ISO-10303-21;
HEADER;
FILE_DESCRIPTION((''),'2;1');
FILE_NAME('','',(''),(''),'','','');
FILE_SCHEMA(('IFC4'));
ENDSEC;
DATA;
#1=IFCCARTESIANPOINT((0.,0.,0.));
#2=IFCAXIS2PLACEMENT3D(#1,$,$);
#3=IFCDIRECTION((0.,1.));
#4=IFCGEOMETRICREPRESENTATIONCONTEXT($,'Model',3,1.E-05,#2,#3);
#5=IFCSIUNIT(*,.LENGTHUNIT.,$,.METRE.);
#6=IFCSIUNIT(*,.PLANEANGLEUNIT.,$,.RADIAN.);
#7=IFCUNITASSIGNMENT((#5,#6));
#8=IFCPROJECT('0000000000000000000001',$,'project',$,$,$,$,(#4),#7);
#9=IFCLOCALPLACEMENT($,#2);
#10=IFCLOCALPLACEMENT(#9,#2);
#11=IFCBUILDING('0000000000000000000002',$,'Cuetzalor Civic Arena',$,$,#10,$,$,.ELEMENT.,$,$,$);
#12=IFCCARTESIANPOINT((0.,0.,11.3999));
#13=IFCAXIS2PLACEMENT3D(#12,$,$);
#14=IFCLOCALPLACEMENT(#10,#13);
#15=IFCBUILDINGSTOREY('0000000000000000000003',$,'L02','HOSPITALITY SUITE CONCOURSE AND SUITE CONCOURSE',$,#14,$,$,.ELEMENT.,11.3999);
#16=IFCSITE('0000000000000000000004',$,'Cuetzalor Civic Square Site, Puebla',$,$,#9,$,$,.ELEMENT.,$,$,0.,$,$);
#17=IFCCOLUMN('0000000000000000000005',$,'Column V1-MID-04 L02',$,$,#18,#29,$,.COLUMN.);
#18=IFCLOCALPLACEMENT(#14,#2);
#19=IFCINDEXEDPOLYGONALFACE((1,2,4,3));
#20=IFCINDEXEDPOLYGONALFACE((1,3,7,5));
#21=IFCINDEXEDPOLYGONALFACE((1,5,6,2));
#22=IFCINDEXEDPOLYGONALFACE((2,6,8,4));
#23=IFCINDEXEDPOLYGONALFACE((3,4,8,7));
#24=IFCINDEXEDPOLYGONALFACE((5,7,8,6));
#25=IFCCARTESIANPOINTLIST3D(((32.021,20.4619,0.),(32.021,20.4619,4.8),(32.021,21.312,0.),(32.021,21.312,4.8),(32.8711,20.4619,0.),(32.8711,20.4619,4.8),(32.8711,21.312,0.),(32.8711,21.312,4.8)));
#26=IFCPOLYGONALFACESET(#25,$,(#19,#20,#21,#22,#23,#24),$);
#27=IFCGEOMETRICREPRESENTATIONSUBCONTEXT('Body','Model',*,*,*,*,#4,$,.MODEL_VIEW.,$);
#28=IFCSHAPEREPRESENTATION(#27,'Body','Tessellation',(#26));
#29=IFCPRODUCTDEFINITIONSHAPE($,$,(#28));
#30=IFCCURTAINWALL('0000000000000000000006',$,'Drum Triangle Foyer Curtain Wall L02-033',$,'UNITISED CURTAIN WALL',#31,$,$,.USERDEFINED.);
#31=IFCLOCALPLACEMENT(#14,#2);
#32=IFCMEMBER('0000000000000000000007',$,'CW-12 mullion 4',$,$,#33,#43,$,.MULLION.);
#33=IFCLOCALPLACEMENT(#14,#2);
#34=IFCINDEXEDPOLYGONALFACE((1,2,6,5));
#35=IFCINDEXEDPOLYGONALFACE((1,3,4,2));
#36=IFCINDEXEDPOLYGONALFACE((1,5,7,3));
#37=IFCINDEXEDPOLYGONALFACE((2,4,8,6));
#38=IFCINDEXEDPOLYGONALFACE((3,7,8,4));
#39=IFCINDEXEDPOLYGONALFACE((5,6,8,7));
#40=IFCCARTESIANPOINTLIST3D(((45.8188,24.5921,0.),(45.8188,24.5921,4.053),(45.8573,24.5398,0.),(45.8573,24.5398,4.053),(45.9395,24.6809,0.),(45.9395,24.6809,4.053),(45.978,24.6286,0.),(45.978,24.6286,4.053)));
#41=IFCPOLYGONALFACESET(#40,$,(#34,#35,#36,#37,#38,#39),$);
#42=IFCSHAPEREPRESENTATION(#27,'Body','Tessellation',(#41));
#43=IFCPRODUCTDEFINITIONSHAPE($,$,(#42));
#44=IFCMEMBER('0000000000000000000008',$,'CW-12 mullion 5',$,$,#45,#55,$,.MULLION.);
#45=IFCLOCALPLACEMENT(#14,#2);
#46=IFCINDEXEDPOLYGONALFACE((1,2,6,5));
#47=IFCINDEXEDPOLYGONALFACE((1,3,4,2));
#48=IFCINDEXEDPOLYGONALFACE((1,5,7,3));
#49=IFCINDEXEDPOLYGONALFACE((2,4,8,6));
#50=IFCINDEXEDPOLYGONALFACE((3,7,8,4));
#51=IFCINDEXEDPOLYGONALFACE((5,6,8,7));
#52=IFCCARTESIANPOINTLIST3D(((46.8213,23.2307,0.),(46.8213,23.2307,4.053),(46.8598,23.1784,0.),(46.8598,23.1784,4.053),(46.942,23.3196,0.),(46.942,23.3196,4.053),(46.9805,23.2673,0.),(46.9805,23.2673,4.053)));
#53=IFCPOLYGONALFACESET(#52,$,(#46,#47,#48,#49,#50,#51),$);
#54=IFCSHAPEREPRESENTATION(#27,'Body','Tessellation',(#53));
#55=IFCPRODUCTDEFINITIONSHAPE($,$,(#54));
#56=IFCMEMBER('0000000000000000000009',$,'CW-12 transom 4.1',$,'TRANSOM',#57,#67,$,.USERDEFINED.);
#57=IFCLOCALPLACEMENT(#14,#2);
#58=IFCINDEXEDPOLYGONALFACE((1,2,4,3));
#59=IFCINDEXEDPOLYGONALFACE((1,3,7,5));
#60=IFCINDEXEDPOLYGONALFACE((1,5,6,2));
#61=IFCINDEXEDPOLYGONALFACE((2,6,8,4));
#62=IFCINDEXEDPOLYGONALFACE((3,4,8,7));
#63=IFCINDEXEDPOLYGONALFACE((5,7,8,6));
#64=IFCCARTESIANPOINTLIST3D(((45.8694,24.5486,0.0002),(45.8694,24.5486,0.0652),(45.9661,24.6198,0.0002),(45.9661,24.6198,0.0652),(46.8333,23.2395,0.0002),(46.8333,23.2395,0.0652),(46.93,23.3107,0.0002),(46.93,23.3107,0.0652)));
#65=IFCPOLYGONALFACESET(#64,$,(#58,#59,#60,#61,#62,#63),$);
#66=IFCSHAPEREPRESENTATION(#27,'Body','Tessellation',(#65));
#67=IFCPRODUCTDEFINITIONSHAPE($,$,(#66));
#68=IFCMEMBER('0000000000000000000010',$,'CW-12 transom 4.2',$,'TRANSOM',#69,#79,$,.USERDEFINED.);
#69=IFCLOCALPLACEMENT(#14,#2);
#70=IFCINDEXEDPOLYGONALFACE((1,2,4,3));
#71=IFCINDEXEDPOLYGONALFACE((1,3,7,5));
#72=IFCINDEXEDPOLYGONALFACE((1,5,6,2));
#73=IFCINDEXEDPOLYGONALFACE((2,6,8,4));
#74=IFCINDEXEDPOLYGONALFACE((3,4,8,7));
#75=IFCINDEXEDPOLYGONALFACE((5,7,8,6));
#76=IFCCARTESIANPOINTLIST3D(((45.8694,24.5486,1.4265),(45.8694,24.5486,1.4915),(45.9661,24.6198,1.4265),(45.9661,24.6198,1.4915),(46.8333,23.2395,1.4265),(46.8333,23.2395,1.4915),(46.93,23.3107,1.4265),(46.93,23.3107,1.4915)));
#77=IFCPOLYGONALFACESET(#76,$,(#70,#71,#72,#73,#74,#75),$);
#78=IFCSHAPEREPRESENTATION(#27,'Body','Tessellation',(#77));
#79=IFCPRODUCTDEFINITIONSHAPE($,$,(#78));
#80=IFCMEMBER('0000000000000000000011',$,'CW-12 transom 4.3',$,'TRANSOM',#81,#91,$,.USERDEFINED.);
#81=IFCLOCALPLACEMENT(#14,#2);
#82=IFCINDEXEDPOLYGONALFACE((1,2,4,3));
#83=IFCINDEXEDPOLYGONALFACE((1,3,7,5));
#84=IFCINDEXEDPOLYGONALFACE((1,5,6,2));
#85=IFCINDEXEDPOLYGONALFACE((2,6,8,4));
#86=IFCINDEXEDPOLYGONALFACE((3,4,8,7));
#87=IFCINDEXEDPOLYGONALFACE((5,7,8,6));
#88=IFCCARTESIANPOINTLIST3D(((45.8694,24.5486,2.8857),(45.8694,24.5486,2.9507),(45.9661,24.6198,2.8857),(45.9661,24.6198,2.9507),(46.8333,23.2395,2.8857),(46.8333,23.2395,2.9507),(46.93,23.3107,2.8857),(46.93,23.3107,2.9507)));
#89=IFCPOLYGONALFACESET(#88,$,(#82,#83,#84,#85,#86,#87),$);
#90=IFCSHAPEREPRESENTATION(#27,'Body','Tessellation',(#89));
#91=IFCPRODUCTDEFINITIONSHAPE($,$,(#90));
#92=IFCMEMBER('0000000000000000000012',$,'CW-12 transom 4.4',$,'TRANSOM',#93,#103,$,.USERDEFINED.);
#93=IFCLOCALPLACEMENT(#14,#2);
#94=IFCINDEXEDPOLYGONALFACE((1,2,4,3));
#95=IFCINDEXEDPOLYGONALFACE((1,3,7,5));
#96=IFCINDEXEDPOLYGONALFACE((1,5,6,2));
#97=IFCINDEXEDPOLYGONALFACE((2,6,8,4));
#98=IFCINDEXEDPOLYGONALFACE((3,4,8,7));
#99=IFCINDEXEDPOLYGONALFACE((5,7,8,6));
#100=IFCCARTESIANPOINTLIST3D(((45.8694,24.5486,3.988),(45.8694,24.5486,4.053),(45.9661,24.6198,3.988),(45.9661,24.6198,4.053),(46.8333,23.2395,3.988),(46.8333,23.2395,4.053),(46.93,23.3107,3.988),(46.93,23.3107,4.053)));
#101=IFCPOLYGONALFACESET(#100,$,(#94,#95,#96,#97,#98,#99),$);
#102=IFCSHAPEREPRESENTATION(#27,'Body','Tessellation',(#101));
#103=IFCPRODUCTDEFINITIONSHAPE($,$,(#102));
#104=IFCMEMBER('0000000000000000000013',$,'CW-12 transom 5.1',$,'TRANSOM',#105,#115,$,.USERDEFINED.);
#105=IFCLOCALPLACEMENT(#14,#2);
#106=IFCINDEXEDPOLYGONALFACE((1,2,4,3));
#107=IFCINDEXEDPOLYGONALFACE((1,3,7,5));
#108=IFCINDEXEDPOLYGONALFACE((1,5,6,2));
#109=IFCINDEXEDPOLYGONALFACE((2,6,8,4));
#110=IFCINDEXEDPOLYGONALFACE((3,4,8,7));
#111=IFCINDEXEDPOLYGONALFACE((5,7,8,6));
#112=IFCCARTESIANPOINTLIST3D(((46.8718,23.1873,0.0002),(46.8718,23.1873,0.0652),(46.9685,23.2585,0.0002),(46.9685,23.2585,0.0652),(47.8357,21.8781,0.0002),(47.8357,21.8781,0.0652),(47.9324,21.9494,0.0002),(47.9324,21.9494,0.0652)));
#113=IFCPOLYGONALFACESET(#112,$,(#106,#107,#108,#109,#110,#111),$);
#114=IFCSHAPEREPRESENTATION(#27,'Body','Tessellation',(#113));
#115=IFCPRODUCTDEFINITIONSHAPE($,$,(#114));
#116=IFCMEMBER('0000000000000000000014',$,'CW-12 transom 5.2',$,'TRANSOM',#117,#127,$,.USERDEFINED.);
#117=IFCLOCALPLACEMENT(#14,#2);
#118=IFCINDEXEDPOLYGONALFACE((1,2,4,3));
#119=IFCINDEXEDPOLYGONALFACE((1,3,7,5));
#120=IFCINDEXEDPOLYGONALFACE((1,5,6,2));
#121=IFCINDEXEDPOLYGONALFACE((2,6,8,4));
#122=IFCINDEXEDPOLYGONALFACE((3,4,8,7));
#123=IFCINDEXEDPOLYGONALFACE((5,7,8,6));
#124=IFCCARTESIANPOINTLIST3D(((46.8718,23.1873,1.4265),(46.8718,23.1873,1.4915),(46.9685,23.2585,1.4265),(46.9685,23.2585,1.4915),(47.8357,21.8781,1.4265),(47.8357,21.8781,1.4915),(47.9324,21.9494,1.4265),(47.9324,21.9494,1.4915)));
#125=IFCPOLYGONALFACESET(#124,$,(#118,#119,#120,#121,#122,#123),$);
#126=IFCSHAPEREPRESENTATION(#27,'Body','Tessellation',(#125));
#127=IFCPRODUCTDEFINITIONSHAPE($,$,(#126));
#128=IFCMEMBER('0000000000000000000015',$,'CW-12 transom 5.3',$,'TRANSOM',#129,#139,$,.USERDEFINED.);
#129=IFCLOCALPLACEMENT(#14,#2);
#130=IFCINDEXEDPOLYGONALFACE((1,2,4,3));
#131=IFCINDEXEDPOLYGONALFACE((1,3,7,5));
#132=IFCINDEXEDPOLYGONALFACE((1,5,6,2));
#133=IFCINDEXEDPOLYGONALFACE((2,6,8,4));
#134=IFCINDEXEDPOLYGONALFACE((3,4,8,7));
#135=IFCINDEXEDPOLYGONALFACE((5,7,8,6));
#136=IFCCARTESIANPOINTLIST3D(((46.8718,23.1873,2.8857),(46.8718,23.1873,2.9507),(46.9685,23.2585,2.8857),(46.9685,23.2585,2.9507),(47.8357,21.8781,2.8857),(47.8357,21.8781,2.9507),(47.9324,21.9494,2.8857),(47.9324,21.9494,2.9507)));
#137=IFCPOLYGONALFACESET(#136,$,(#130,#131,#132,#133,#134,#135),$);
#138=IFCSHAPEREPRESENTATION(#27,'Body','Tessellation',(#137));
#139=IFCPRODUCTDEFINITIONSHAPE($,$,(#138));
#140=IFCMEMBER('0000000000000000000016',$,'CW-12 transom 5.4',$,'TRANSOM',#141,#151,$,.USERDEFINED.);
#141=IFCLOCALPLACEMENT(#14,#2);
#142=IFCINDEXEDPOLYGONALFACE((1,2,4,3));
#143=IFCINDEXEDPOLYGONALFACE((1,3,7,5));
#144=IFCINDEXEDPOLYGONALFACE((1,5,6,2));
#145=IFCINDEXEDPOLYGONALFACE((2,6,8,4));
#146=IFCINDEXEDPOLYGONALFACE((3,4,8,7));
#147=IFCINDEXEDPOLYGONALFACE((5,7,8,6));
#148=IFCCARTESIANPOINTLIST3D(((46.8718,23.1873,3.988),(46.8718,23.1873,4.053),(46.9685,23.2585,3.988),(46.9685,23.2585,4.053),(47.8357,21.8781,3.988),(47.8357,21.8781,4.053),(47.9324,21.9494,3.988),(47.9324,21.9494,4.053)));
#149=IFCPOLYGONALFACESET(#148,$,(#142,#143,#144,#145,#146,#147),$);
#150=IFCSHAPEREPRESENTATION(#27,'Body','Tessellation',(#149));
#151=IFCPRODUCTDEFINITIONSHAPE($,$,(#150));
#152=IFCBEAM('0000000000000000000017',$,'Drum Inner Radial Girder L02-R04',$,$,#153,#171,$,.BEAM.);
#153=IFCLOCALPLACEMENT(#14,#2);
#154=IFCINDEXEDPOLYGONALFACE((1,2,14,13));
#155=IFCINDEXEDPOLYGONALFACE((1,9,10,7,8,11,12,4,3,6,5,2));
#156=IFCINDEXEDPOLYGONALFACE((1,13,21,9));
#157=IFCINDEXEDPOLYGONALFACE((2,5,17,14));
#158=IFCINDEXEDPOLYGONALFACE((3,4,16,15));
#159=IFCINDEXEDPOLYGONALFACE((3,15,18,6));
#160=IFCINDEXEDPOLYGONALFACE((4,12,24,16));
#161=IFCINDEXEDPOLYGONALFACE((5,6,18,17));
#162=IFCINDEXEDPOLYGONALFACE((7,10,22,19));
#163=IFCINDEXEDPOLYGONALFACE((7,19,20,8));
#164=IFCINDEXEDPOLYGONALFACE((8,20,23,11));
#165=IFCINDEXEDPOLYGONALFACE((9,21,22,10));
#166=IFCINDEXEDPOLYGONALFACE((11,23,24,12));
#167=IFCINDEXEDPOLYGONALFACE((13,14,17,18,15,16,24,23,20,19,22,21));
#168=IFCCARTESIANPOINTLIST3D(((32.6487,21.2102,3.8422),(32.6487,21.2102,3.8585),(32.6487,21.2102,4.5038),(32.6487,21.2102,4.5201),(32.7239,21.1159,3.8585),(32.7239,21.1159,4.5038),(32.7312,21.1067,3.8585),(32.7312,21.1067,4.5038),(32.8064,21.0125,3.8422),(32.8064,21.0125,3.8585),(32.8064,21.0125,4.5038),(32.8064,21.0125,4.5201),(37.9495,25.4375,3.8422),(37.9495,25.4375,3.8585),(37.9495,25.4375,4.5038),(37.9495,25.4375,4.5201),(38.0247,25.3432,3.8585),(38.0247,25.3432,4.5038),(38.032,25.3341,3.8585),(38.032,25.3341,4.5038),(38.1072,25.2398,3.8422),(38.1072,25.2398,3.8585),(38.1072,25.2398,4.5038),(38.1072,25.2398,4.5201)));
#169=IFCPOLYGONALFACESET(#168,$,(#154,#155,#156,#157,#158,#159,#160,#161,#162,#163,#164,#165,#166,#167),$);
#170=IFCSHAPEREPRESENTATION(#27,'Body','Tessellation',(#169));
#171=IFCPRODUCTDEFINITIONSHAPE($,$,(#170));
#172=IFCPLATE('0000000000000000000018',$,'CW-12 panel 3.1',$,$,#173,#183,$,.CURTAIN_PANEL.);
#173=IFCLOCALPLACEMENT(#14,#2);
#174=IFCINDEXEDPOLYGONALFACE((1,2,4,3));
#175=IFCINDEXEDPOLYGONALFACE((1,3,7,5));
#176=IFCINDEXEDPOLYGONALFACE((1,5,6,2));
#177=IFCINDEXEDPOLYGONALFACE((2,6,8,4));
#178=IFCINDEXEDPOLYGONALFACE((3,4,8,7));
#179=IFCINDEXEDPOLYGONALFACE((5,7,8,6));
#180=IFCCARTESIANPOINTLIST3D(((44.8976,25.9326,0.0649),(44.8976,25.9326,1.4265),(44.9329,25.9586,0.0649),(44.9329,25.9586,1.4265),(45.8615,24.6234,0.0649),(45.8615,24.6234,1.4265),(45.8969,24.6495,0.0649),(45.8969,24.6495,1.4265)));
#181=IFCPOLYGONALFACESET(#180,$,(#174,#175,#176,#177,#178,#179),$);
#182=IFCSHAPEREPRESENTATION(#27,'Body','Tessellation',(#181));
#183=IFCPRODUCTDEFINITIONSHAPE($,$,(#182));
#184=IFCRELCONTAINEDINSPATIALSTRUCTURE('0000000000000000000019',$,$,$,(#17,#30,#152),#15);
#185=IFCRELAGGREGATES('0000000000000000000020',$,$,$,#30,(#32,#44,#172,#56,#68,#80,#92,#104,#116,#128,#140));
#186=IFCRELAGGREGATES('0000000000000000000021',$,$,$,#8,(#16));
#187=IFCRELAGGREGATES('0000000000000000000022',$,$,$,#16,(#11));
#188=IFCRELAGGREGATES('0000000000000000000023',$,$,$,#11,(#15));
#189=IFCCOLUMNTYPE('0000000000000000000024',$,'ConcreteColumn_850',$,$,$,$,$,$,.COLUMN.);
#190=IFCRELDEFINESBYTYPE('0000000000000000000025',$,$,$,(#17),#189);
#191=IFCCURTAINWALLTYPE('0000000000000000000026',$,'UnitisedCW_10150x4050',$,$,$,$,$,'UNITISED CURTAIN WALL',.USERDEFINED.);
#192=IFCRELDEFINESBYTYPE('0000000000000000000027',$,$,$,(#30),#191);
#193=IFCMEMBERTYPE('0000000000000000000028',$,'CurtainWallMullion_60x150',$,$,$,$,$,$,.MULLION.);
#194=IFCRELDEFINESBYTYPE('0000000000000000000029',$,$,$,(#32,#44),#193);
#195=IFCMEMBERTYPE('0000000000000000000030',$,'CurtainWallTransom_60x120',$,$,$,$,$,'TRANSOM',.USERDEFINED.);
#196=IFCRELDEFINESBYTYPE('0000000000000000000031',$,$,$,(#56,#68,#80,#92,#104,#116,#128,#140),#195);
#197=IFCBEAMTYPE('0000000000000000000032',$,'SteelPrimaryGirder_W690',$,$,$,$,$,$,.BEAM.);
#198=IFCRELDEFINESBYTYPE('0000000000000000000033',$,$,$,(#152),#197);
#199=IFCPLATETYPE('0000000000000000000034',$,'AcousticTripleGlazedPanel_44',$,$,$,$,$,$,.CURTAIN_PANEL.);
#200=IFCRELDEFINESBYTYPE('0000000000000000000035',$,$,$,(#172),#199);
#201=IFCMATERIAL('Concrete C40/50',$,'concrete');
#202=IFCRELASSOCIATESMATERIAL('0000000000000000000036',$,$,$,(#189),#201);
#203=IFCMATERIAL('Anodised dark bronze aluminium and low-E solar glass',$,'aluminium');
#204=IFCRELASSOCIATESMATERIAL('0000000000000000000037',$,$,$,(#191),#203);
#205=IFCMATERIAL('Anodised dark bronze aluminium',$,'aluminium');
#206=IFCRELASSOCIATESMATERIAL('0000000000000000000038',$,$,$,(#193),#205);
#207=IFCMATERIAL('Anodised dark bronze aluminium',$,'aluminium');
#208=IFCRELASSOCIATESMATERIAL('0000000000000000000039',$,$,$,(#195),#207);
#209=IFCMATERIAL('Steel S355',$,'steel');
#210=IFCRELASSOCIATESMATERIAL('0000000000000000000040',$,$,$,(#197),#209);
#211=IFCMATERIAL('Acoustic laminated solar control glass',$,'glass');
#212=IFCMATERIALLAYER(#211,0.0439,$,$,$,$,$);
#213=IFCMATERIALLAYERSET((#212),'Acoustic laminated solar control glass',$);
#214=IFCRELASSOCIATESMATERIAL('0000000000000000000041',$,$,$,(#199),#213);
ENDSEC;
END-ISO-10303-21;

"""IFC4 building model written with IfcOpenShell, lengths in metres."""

from ifc_helpers import new_model, si_unit, direction, frame, origin, origin_2d, place, context, subcontext, project, spatial, rectangle, i_section, extrude, material, layer, layer_set, material_profile, profile_set, type_object, element, aggregate, save


model = new_model("IFC4")

# Units and contexts
model_context = context("Model", 3, precision=1e-05, world=origin(), true_north=direction((0.0, 1.0)))
body_context = subcontext(model_context, "Body", "Model", "MODEL_VIEW")
ifc_project = project(units=[si_unit("LENGTHUNIT", "METRE"), si_unit("PLANEANGLEUNIT", "RADIAN")], contexts=[model_context])

# Site, building, storey
site_placement = place(None, origin())
site = spatial("IfcSite", under=ifc_project, at=site_placement, Name="Cuetzalor Civic Square Site, Puebla", CompositionType="ELEMENT", RefElevation=0.0)
building_placement = place(site_placement, origin())
building = spatial("IfcBuilding", under=site, at=building_placement, Name="Cuetzalor Civic Arena", CompositionType="ELEMENT")
storey_placement = place(building_placement, frame((0.0, 0.0, 11.3999)))
storey = spatial("IfcBuildingStorey", under=building, at=storey_placement, Name="L02", Description="HOSPITALITY SUITE CONCOURSE AND SUITE CONCOURSE", CompositionType="ELEMENT", Elevation=11.3999)

# Column
ifc_material_1 = material(Name="Concrete C40/50", Category="concrete")
ifc_material_profile_1 = material_profile(ifc_material_1, rectangle(XDim=0.8501, YDim=0.8501, at=origin_2d()), Name="RC 850x850")
ifc_profile_set_1 = profile_set([ifc_material_profile_1], Name="Concrete C40/50")
column_type = type_object("IfcColumnType", Name="ConcreteColumn_850", PredefinedType="COLUMN", material=ifc_profile_set_1)
column_placement = place(storey_placement, frame((32.446, 20.887, 0.0), z_axis=(0.0, 0.0, 1.0), x_axis=(1.0, 0.0, 0.0)))
element("IfcColumn", 1, at=column_placement, inside=storey, type_object=column_type, Name="Column V1-MID-04 L02", PredefinedType="COLUMN", context=body_context, shape_type="SweptSolid", body=[
    extrude(rectangle(XDim=0.8501, YDim=0.8501, at=origin_2d()), origin(), (0.0, 0.0, 1.0), 4.8),
])

# Curtain wall, members
ifc_material_2 = material(Name="Anodised dark bronze aluminium and low-E solar glass", Category="aluminium")
curtain_wall_type = type_object("IfcCurtainWallType", Name="UnitisedCW_10150x4050", ElementType="UNITISED CURTAIN WALL", PredefinedType="USERDEFINED", material=ifc_material_2)
curtain_wall_placement = place(storey_placement, origin())
curtain_wall = element("IfcCurtainWall", 2, at=curtain_wall_placement, inside=storey, type_object=curtain_wall_type, Name="Drum Triangle Foyer Curtain Wall L02-033", ObjectType="UNITISED CURTAIN WALL", PredefinedType="USERDEFINED")
ifc_material_3 = material(Name="Anodised dark bronze aluminium", Category="aluminium")
ifc_material_profile_2 = material_profile(ifc_material_3, rectangle(XDim=0.0649, YDim=0.1499, at=origin_2d()), Name="ALU MULLION 65x150")
ifc_profile_set_2 = profile_set([ifc_material_profile_2], Name="Anodised dark bronze aluminium")
member_type_1 = type_object("IfcMemberType", Name="CurtainWallMullion_60x150", PredefinedType="MULLION", material=ifc_profile_set_2)
member_1_placement = place(storey_placement, frame((45.8984, 24.6104, 0.0), z_axis=(0.0, 0.0, 1.0), x_axis=(0.592929, -0.805255, 0.0)))
member_1 = element("IfcMember", 3, at=member_1_placement, type_object=member_type_1, Name="CW-12 mullion 4", PredefinedType="MULLION", context=body_context, shape_type="SweptSolid", body=[
    extrude(rectangle(XDim=0.0649, YDim=0.1499, at=origin_2d()), origin(), (0.0, 0.0, 1.0), 4.053),
])
member_2_placement = place(storey_placement, frame((46.9009, 23.249, 0.0), z_axis=(0.0, 0.0, 1.0), x_axis=(0.592929, -0.805255, 0.0)))
member_2 = element("IfcMember", 4, at=member_2_placement, type_object=member_type_1, Name="CW-12 mullion 5", PredefinedType="MULLION", context=body_context, shape_type="SweptSolid", body=[
    extrude(rectangle(XDim=0.0649, YDim=0.1499, at=origin_2d()), origin(), (0.0, 0.0, 1.0), 4.053),
])
ifc_material_4 = material(Name="Anodised dark bronze aluminium", Category="aluminium")
ifc_material_profile_3 = material_profile(ifc_material_4, rectangle(XDim=0.1201, YDim=0.0649, at=origin_2d()), Name="ALU TRANSOM 65x120")
ifc_profile_set_3 = profile_set([ifc_material_profile_3], Name="Anodised dark bronze aluminium")
member_type_2 = type_object("IfcMemberType", Name="CurtainWallTransom_60x120", ElementType="TRANSOM", PredefinedType="USERDEFINED", material=ifc_profile_set_3)
member_3_placement = place(storey_placement, frame((45.9177, 24.5842, 0.0327), z_axis=(0.592912, -0.805267, 0.0), x_axis=(0.805267, 0.592912, 0.0)))
member_3 = element("IfcMember", 5, at=member_3_placement, type_object=member_type_2, Name="CW-12 transom 4.1", ObjectType="TRANSOM", PredefinedType="USERDEFINED", context=body_context, shape_type="SweptSolid", body=[
    extrude(rectangle(XDim=0.1201, YDim=0.0649, at=origin_2d()), origin(), (0.0, 0.0, 1.0), 1.6257),
])
member_4_placement = place(storey_placement, frame((45.9177, 24.5842, 1.459), z_axis=(0.592912, -0.805267, 0.0), x_axis=(0.805267, 0.592912, 0.0)))
member_4 = element("IfcMember", 6, at=member_4_placement, type_object=member_type_2, Name="CW-12 transom 4.2", ObjectType="TRANSOM", PredefinedType="USERDEFINED", context=body_context, shape_type="SweptSolid", body=[
    extrude(rectangle(XDim=0.1201, YDim=0.0649, at=origin_2d()), origin(), (0.0, 0.0, 1.0), 1.6257),
])
member_5_placement = place(storey_placement, frame((45.9177, 24.5842, 2.9182), z_axis=(0.592912, -0.805267, 0.0), x_axis=(0.805267, 0.592912, 0.0)))
member_5 = element("IfcMember", 7, at=member_5_placement, type_object=member_type_2, Name="CW-12 transom 4.3", ObjectType="TRANSOM", PredefinedType="USERDEFINED", context=body_context, shape_type="SweptSolid", body=[
    extrude(rectangle(XDim=0.1201, YDim=0.0649, at=origin_2d()), origin(), (0.0, 0.0, 1.0), 1.6257),
])
member_6_placement = place(storey_placement, frame((45.9177, 24.5842, 4.0205), z_axis=(0.592912, -0.805267, 0.0), x_axis=(0.805267, 0.592912, 0.0)))
member_6 = element("IfcMember", 8, at=member_6_placement, type_object=member_type_2, Name="CW-12 transom 4.4", ObjectType="TRANSOM", PredefinedType="USERDEFINED", context=body_context, shape_type="SweptSolid", body=[
    extrude(rectangle(XDim=0.1201, YDim=0.0649, at=origin_2d()), origin(), (0.0, 0.0, 1.0), 1.6257),
])
member_7_placement = place(storey_placement, frame((46.9202, 23.2229, 0.0327), z_axis=(0.592912, -0.805267, 0.0), x_axis=(0.805267, 0.592912, 0.0)))
member_7 = element("IfcMember", 9, at=member_7_placement, type_object=member_type_2, Name="CW-12 transom 5.1", ObjectType="TRANSOM", PredefinedType="USERDEFINED", context=body_context, shape_type="SweptSolid", body=[
    extrude(rectangle(XDim=0.1201, YDim=0.0649, at=origin_2d()), origin(), (0.0, 0.0, 1.0), 1.6257),
])
member_8_placement = place(storey_placement, frame((46.9202, 23.2229, 1.459), z_axis=(0.592912, -0.805267, 0.0), x_axis=(0.805267, 0.592912, 0.0)))
member_8 = element("IfcMember", 10, at=member_8_placement, type_object=member_type_2, Name="CW-12 transom 5.2", ObjectType="TRANSOM", PredefinedType="USERDEFINED", context=body_context, shape_type="SweptSolid", body=[
    extrude(rectangle(XDim=0.1201, YDim=0.0649, at=origin_2d()), origin(), (0.0, 0.0, 1.0), 1.6257),
])
member_9_placement = place(storey_placement, frame((46.9202, 23.2229, 2.9182), z_axis=(0.592912, -0.805267, 0.0), x_axis=(0.805267, 0.592912, 0.0)))
member_9 = element("IfcMember", 11, at=member_9_placement, type_object=member_type_2, Name="CW-12 transom 5.3", ObjectType="TRANSOM", PredefinedType="USERDEFINED", context=body_context, shape_type="SweptSolid", body=[
    extrude(rectangle(XDim=0.1201, YDim=0.0649, at=origin_2d()), origin(), (0.0, 0.0, 1.0), 1.6257),
])
member_10_placement = place(storey_placement, frame((46.9202, 23.2229, 4.0205), z_axis=(0.592912, -0.805267, 0.0), x_axis=(0.805267, 0.592912, 0.0)))
member_10 = element("IfcMember", 12, at=member_10_placement, type_object=member_type_2, Name="CW-12 transom 5.4", ObjectType="TRANSOM", PredefinedType="USERDEFINED", context=body_context, shape_type="SweptSolid", body=[
    extrude(rectangle(XDim=0.1201, YDim=0.0649, at=origin_2d()), origin(), (0.0, 0.0, 1.0), 1.6257),
])

# Beam
ifc_material_5 = material(Name="Steel S355", Category="steel")
ifc_material_profile_4 = material_profile(ifc_material_5, i_section(OverallWidth=0.2529, OverallDepth=0.678, WebThickness=0.0117, FlangeThickness=0.0164, at=origin_2d()), Name="W690x125")
ifc_profile_set_4 = profile_set([ifc_material_profile_4], Name="Steel S355")
beam_type = type_object("IfcBeamType", Name="SteelPrimaryGirder_W690", PredefinedType="BEAM", material=ifc_profile_set_4)
beam_placement = place(storey_placement, frame((32.7275, 21.1113, 4.1812), z_axis=(0.781827, 0.623495, 0.0), x_axis=(-0.623495, 0.781827, 0.0)))
element("IfcBeam", 13, at=beam_placement, inside=storey, type_object=beam_type, Name="Drum Inner Radial Girder L02-R04", PredefinedType="BEAM", context=body_context, shape_type="SweptSolid", body=[
    extrude(i_section(OverallWidth=0.2529, OverallDepth=0.678, WebThickness=0.0117, FlangeThickness=0.0164, at=origin_2d()), origin(), (0.0, 0.0, 1.0), 6.78),
])

# Plate
ifc_material_6 = material(Name="Acoustic laminated solar control glass", Category="glass")
ifc_layer_1 = layer(ifc_material_6, 0.0439)
ifc_layer_set_1 = layer_set([ifc_layer_1], Name="Acoustic laminated solar control glass")
plate_type = type_object("IfcPlateType", Name="AcousticTripleGlazedPanel_44", PredefinedType="CURTAIN_PANEL", material=ifc_layer_set_1)
plate_1_placement = place(storey_placement, frame((45.3972, 25.291, 0.0649), z_axis=(0.0, 0.0, 1.0), x_axis=(0.592929, -0.805255, 0.0)))
plate_1 = element("IfcPlate", 14, at=plate_1_placement, type_object=plate_type, Name="CW-12 panel 3.1", PredefinedType="CURTAIN_PANEL", context=body_context, shape_type="SweptSolid", body=[
    extrude(rectangle(XDim=1.6257, YDim=0.0439, at=origin_2d()), origin(), (0.0, 0.0, 1.0), 1.3616),
])
aggregate(curtain_wall, [member_1, member_2, plate_1, member_3, member_4, member_5, member_6, member_7, member_8, member_9, member_10])

save(model, "model.ifc")
